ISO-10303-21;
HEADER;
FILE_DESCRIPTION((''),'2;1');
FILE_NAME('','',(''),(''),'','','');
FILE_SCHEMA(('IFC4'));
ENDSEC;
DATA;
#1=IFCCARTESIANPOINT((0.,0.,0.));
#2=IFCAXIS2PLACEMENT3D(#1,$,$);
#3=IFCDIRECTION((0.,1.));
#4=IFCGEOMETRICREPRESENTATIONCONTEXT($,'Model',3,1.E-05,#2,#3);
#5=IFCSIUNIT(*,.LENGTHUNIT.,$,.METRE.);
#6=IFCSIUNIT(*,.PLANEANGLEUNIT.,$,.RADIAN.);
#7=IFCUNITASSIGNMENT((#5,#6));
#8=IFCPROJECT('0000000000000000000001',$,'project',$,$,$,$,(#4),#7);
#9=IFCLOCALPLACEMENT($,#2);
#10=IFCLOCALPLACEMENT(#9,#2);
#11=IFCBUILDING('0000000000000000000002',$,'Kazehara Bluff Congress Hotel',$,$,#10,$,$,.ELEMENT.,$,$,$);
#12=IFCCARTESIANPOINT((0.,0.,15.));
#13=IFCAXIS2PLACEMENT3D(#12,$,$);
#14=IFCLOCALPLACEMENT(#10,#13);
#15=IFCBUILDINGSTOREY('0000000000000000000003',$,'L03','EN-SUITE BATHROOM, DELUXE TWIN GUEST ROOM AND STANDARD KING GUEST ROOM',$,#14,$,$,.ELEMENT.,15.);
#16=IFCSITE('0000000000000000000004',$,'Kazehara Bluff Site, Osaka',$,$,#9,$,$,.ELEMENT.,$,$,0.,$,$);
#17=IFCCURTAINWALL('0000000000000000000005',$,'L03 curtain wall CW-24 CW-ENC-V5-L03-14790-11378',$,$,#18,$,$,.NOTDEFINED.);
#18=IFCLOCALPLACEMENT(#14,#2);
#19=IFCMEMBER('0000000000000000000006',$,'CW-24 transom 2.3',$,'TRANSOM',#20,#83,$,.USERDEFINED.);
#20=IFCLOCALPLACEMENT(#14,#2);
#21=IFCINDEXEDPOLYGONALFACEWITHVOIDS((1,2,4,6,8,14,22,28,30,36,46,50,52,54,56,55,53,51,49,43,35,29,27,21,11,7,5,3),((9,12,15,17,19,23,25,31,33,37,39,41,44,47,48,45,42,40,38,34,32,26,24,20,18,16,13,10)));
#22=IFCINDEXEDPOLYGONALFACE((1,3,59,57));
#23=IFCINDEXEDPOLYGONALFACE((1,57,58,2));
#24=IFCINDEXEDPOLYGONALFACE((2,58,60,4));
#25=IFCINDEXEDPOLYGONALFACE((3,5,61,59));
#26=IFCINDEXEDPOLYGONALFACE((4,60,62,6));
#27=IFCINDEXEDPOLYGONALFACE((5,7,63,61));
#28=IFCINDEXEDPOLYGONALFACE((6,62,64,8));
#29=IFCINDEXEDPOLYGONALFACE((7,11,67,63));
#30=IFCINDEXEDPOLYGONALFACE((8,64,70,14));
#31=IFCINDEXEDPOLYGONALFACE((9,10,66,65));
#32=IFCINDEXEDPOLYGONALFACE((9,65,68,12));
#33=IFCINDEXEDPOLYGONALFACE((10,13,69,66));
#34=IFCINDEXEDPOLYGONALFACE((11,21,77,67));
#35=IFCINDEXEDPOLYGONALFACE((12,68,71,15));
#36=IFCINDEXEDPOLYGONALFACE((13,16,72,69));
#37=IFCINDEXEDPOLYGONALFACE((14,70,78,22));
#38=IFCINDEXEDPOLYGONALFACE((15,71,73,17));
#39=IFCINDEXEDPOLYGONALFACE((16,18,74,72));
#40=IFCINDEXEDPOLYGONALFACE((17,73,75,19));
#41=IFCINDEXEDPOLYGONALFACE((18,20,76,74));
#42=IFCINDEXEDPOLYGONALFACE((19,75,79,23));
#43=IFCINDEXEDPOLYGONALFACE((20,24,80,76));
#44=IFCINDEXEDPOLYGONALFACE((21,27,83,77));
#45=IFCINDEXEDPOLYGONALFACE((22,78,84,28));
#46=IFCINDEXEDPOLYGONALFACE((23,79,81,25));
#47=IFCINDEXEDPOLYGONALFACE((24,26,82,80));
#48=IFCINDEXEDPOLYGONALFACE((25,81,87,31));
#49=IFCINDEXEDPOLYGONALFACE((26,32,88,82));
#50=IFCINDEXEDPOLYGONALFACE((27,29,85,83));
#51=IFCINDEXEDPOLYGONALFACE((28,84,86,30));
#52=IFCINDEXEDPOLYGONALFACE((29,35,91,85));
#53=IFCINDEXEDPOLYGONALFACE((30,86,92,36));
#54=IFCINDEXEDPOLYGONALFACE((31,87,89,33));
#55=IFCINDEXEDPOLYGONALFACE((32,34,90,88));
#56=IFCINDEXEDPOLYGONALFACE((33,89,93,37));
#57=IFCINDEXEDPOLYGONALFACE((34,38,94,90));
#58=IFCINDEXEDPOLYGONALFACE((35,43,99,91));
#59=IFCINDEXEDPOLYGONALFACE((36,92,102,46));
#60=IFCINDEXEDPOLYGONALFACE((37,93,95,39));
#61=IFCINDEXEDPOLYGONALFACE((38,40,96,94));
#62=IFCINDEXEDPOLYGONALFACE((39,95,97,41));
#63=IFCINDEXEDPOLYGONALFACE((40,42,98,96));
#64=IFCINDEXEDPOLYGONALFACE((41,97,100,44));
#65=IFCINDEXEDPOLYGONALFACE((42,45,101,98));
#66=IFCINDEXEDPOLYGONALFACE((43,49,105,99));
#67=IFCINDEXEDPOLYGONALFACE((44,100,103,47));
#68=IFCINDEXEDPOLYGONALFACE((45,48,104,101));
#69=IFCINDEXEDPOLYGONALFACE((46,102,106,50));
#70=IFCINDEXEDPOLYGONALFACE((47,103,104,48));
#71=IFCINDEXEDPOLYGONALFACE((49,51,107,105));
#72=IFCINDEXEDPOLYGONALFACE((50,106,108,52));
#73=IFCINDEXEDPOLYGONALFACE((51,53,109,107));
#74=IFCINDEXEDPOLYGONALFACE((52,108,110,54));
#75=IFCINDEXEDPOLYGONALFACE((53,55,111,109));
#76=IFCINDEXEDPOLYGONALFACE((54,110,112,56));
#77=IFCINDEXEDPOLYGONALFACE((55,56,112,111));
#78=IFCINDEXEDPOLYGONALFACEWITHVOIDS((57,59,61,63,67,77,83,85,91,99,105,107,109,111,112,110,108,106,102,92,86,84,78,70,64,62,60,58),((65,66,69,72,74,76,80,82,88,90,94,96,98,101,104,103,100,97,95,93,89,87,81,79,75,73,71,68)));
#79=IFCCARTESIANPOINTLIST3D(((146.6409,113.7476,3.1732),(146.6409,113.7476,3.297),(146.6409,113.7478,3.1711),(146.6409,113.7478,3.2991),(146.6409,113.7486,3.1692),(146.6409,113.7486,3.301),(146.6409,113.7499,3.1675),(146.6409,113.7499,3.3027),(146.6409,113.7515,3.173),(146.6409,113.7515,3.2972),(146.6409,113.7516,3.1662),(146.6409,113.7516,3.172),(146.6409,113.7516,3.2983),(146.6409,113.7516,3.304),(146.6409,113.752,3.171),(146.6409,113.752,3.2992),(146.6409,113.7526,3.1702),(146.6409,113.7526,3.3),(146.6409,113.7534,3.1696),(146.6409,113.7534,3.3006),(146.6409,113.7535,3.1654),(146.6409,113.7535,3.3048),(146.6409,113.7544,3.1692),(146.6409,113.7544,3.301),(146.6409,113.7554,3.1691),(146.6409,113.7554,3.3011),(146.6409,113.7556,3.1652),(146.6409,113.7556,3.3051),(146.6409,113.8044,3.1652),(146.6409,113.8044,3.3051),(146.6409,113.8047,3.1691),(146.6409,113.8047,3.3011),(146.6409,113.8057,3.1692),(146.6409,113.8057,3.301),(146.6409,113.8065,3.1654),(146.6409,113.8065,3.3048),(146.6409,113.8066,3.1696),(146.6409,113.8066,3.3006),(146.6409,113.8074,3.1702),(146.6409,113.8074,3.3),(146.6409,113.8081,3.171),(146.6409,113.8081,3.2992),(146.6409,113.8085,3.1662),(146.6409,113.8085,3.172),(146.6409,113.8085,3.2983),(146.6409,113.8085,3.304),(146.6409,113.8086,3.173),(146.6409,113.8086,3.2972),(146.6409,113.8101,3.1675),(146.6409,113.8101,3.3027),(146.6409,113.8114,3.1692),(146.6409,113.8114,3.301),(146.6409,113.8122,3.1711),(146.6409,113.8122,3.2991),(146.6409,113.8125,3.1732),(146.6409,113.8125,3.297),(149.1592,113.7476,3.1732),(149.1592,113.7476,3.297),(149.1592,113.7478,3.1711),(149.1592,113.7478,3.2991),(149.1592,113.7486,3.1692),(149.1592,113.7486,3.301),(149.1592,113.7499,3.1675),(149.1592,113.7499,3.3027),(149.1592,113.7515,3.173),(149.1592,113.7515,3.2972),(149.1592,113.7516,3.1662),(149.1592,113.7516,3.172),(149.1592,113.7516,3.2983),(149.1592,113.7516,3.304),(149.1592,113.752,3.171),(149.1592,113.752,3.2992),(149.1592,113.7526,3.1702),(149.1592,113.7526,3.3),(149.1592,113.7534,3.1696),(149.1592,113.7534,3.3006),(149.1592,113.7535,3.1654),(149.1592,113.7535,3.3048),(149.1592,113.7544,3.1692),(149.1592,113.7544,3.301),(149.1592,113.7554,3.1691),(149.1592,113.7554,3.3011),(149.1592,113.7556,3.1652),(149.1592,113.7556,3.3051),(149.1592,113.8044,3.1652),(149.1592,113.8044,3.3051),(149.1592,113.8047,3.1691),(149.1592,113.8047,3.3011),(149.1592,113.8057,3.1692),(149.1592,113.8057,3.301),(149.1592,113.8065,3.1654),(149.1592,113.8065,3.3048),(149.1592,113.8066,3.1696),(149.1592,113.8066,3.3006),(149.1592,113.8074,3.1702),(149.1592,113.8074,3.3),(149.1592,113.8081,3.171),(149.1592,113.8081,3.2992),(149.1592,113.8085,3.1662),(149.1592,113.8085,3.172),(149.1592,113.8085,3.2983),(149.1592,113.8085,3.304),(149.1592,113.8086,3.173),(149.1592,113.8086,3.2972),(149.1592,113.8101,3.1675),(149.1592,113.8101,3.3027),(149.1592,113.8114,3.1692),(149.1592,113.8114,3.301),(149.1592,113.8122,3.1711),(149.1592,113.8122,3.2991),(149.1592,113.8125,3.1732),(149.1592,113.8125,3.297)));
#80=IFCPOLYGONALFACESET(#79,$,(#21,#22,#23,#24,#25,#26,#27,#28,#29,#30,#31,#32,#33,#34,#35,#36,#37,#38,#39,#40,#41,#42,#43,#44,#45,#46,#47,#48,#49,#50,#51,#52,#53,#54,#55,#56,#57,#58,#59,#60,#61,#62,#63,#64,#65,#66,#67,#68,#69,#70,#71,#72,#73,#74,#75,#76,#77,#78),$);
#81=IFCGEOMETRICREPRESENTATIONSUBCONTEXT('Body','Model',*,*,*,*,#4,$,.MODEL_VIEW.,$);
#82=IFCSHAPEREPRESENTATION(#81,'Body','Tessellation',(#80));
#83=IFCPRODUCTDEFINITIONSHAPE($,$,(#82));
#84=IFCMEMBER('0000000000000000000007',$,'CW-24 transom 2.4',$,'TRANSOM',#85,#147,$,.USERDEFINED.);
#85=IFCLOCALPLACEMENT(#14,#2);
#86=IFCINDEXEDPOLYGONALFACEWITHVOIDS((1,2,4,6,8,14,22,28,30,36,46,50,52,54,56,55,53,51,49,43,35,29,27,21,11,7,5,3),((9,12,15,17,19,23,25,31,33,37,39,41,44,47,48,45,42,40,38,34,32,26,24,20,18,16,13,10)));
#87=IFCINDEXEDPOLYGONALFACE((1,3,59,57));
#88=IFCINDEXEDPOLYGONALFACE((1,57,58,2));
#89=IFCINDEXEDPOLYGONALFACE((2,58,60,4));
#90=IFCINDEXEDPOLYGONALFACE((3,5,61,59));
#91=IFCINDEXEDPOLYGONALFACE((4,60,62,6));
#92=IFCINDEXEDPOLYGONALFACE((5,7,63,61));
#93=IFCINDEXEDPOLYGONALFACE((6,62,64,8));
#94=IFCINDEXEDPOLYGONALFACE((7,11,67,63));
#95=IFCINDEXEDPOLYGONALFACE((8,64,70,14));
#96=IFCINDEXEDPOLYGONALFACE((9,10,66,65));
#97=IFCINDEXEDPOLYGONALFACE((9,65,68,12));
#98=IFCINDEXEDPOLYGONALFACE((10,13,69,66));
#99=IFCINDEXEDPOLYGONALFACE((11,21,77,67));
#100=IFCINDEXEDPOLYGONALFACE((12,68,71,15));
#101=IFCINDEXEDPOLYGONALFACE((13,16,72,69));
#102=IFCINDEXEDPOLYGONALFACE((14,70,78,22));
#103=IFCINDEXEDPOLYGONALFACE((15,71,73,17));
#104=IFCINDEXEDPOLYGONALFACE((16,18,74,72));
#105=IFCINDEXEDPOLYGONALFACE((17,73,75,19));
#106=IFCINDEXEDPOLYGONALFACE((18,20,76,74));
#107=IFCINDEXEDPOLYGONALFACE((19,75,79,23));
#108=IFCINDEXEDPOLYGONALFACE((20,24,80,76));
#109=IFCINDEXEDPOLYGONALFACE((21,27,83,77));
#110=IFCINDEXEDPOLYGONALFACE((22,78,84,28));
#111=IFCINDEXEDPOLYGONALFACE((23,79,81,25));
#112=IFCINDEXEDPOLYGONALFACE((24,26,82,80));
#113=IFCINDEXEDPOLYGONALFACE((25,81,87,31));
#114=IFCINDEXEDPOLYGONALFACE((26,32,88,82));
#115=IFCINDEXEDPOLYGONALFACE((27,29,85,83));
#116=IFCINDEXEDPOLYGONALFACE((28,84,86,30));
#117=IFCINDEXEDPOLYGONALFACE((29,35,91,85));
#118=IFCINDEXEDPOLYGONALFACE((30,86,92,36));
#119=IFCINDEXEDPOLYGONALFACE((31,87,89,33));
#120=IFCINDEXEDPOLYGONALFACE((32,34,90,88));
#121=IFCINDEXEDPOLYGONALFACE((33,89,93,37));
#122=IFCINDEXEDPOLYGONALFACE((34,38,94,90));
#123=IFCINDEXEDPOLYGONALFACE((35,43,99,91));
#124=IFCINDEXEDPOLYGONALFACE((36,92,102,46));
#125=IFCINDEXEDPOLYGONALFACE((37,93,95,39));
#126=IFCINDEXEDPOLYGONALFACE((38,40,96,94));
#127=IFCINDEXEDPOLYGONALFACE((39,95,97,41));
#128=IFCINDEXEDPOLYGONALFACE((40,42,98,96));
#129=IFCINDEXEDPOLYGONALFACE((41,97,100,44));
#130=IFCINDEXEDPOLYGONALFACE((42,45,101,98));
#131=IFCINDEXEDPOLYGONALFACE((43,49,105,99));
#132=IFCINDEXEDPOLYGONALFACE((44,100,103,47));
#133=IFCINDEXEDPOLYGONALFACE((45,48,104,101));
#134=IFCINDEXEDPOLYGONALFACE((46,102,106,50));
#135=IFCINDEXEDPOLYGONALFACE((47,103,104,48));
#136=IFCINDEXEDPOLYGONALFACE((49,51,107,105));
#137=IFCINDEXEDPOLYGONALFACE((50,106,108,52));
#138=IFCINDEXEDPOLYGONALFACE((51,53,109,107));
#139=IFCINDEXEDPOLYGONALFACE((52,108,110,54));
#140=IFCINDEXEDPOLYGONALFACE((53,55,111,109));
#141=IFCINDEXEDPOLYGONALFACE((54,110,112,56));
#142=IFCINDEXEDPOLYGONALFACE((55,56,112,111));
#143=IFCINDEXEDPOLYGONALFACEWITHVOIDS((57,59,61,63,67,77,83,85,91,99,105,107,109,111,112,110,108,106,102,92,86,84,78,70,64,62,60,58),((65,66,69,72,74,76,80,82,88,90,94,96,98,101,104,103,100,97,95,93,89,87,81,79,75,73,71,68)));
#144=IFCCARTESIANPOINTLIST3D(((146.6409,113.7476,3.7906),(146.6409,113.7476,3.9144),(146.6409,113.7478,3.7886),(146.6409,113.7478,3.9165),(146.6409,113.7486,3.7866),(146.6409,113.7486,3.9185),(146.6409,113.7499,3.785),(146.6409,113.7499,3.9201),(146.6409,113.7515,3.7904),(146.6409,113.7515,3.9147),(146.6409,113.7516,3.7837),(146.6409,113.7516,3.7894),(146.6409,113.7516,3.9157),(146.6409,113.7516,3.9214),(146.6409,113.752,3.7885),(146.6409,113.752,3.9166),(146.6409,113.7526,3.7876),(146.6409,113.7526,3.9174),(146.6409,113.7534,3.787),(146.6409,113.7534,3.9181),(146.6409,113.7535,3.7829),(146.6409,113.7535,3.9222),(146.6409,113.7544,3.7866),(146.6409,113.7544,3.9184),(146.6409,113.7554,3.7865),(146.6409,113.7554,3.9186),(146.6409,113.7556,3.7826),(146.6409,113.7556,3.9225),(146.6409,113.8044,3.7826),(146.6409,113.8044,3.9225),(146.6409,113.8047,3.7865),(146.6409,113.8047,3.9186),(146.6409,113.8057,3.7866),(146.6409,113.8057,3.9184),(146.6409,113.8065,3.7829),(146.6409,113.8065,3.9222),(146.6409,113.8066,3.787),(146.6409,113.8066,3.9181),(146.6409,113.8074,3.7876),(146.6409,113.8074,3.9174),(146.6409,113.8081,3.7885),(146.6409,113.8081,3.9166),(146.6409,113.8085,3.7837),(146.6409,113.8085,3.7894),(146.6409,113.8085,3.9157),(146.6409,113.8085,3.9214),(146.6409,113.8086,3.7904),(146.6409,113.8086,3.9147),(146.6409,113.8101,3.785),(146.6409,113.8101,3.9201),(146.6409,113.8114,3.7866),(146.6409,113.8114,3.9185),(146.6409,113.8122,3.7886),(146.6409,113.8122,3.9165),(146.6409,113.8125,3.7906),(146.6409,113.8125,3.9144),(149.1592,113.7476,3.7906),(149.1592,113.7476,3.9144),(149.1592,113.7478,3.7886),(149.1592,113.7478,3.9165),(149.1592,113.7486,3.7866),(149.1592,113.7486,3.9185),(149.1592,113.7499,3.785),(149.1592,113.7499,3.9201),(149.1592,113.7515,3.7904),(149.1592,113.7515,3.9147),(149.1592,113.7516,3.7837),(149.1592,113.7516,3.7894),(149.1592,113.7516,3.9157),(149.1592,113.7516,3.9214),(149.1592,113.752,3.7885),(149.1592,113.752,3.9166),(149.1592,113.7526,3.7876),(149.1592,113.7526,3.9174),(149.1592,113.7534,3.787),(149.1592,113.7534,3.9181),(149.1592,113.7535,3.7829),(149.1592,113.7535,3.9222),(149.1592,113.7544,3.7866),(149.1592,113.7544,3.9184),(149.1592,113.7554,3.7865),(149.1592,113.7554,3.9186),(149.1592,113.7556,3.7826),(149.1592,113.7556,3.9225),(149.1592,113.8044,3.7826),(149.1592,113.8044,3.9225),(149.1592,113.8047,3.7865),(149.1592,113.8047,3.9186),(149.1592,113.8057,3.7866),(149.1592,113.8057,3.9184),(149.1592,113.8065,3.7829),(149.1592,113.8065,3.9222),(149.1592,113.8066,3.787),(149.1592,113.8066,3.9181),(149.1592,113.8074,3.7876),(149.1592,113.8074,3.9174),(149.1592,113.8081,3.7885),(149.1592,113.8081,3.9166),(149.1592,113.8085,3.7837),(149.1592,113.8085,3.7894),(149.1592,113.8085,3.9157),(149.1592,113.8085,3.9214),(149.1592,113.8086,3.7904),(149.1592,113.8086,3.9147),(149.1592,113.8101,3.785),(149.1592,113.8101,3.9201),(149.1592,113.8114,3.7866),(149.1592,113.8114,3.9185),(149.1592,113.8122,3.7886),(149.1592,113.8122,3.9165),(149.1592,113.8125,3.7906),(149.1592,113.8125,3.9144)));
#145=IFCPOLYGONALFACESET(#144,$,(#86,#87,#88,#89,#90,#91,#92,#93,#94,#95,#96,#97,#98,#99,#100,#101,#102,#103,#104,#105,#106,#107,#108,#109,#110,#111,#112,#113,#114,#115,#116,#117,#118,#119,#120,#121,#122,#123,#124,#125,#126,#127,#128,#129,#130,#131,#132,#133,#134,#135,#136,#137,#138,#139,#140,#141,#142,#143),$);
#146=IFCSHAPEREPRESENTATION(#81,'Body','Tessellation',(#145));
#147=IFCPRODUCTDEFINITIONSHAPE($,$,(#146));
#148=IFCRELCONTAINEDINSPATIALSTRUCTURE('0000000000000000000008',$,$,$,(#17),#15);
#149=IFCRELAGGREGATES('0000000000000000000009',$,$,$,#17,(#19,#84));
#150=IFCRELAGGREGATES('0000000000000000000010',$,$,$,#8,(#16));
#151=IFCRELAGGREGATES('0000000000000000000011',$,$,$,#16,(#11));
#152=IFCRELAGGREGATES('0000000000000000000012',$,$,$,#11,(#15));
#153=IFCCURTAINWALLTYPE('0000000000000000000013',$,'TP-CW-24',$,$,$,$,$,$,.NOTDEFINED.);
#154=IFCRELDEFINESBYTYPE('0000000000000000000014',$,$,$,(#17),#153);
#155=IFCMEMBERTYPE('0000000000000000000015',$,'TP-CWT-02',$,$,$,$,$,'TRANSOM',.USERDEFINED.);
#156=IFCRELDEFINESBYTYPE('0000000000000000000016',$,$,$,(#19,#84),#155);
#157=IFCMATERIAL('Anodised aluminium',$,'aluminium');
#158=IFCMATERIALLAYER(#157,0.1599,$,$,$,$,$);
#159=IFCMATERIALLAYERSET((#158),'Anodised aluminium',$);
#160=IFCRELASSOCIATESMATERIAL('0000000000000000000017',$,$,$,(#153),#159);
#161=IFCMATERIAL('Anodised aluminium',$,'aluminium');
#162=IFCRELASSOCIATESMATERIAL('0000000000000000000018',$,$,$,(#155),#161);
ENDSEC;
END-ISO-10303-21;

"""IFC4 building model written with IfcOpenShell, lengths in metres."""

from ifc_helpers import new_model, si_unit, direction, frame, origin, origin_2d, place, context, subcontext, project, spatial, hollow_rectangle, extrude, material, layer, layer_set, material_profile, profile_set, type_object, element, aggregate, save


model = new_model("IFC4")

# Units and contexts
model_context = context("Model", 3, precision=1e-05, world=origin(), true_north=direction((0.0, 1.0)))
body_context = subcontext(model_context, "Body", "Model", "MODEL_VIEW")
ifc_project = project(units=[si_unit("LENGTHUNIT", "METRE"), si_unit("PLANEANGLEUNIT", "RADIAN")], contexts=[model_context])

# Site, building, storey
site_placement = place(None, origin())
site = spatial("IfcSite", under=ifc_project, at=site_placement, Name="Kazehara Bluff Site, Osaka", CompositionType="ELEMENT", RefElevation=0.0)
building_placement = place(site_placement, origin())
building = spatial("IfcBuilding", under=site, at=building_placement, Name="Kazehara Bluff Congress Hotel", CompositionType="ELEMENT")
storey_placement = place(building_placement, frame((0.0, 0.0, 15.0)))
storey = spatial("IfcBuildingStorey", under=building, at=storey_placement, Name="L03", Description="EN-SUITE BATHROOM, DELUXE TWIN GUEST ROOM AND STANDARD KING GUEST ROOM", CompositionType="ELEMENT", Elevation=15.0)

# Curtain wall, members
ifc_material_1 = material(Name="Anodised aluminium", Category="aluminium")
ifc_layer_1 = layer(ifc_material_1, 0.1599)
ifc_layer_set_1 = layer_set([ifc_layer_1], Name="Anodised aluminium")
curtain_wall_type = type_object("IfcCurtainWallType", Name="TP-CW-24", PredefinedType="NOTDEFINED", material=ifc_layer_set_1)
curtain_wall_placement = place(storey_placement, origin())
curtain_wall = element("IfcCurtainWall", 1, at=curtain_wall_placement, inside=storey, type_object=curtain_wall_type, Name="L03 curtain wall CW-24 CW-ENC-V5-L03-14790-11378", PredefinedType="NOTDEFINED")
ifc_material_2 = material(Name="Anodised aluminium", Category="aluminium")
ifc_material_profile_1 = material_profile(ifc_material_2, hollow_rectangle(XDim=0.0649, YDim=0.1399, WallThickness=0.0039, InnerFilletRadius=0.0039, OuterFilletRadius=0.0081, at=origin_2d()))
ifc_profile_set_1 = profile_set([ifc_material_profile_1], Name="Anodised aluminium")
member_type_1 = type_object("IfcMemberType", Name="TP-CWT-02", ElementType="TRANSOM", PredefinedType="USERDEFINED", material=ifc_profile_set_1)
member_1_placement = place(storey_placement, frame((146.6409, 113.78, 3.2351), z_axis=(1.0, 0.0, 0.0), x_axis=(0.0, 1.0, 0.0)))
member_1 = element("IfcMember", 2, at=member_1_placement, type_object=member_type_1, Name="CW-24 transom 2.3", ObjectType="TRANSOM", PredefinedType="USERDEFINED", context=body_context, shape_type="SweptSolid", body=[
    extrude(hollow_rectangle(XDim=0.0649, YDim=0.1399, WallThickness=0.0039, InnerFilletRadius=0.0039, OuterFilletRadius=0.0081, at=origin_2d()), origin(), (0.0, 0.0, 1.0), 2.5183),
])
member_2_placement = place(storey_placement, frame((146.6409, 113.78, 3.8525), z_axis=(1.0, 0.0, 0.0), x_axis=(0.0, 1.0, 0.0)))
member_2 = element("IfcMember", 3, at=member_2_placement, type_object=member_type_1, Name="CW-24 transom 2.4", ObjectType="TRANSOM", PredefinedType="USERDEFINED", context=body_context, shape_type="SweptSolid", body=[
    extrude(hollow_rectangle(XDim=0.0649, YDim=0.1399, WallThickness=0.0039, InnerFilletRadius=0.0039, OuterFilletRadius=0.0081, at=origin_2d()), origin(), (0.0, 0.0, 1.0), 2.5183),
])

aggregate(curtain_wall, [member_1, member_2])

save(model, "model.ifc")
